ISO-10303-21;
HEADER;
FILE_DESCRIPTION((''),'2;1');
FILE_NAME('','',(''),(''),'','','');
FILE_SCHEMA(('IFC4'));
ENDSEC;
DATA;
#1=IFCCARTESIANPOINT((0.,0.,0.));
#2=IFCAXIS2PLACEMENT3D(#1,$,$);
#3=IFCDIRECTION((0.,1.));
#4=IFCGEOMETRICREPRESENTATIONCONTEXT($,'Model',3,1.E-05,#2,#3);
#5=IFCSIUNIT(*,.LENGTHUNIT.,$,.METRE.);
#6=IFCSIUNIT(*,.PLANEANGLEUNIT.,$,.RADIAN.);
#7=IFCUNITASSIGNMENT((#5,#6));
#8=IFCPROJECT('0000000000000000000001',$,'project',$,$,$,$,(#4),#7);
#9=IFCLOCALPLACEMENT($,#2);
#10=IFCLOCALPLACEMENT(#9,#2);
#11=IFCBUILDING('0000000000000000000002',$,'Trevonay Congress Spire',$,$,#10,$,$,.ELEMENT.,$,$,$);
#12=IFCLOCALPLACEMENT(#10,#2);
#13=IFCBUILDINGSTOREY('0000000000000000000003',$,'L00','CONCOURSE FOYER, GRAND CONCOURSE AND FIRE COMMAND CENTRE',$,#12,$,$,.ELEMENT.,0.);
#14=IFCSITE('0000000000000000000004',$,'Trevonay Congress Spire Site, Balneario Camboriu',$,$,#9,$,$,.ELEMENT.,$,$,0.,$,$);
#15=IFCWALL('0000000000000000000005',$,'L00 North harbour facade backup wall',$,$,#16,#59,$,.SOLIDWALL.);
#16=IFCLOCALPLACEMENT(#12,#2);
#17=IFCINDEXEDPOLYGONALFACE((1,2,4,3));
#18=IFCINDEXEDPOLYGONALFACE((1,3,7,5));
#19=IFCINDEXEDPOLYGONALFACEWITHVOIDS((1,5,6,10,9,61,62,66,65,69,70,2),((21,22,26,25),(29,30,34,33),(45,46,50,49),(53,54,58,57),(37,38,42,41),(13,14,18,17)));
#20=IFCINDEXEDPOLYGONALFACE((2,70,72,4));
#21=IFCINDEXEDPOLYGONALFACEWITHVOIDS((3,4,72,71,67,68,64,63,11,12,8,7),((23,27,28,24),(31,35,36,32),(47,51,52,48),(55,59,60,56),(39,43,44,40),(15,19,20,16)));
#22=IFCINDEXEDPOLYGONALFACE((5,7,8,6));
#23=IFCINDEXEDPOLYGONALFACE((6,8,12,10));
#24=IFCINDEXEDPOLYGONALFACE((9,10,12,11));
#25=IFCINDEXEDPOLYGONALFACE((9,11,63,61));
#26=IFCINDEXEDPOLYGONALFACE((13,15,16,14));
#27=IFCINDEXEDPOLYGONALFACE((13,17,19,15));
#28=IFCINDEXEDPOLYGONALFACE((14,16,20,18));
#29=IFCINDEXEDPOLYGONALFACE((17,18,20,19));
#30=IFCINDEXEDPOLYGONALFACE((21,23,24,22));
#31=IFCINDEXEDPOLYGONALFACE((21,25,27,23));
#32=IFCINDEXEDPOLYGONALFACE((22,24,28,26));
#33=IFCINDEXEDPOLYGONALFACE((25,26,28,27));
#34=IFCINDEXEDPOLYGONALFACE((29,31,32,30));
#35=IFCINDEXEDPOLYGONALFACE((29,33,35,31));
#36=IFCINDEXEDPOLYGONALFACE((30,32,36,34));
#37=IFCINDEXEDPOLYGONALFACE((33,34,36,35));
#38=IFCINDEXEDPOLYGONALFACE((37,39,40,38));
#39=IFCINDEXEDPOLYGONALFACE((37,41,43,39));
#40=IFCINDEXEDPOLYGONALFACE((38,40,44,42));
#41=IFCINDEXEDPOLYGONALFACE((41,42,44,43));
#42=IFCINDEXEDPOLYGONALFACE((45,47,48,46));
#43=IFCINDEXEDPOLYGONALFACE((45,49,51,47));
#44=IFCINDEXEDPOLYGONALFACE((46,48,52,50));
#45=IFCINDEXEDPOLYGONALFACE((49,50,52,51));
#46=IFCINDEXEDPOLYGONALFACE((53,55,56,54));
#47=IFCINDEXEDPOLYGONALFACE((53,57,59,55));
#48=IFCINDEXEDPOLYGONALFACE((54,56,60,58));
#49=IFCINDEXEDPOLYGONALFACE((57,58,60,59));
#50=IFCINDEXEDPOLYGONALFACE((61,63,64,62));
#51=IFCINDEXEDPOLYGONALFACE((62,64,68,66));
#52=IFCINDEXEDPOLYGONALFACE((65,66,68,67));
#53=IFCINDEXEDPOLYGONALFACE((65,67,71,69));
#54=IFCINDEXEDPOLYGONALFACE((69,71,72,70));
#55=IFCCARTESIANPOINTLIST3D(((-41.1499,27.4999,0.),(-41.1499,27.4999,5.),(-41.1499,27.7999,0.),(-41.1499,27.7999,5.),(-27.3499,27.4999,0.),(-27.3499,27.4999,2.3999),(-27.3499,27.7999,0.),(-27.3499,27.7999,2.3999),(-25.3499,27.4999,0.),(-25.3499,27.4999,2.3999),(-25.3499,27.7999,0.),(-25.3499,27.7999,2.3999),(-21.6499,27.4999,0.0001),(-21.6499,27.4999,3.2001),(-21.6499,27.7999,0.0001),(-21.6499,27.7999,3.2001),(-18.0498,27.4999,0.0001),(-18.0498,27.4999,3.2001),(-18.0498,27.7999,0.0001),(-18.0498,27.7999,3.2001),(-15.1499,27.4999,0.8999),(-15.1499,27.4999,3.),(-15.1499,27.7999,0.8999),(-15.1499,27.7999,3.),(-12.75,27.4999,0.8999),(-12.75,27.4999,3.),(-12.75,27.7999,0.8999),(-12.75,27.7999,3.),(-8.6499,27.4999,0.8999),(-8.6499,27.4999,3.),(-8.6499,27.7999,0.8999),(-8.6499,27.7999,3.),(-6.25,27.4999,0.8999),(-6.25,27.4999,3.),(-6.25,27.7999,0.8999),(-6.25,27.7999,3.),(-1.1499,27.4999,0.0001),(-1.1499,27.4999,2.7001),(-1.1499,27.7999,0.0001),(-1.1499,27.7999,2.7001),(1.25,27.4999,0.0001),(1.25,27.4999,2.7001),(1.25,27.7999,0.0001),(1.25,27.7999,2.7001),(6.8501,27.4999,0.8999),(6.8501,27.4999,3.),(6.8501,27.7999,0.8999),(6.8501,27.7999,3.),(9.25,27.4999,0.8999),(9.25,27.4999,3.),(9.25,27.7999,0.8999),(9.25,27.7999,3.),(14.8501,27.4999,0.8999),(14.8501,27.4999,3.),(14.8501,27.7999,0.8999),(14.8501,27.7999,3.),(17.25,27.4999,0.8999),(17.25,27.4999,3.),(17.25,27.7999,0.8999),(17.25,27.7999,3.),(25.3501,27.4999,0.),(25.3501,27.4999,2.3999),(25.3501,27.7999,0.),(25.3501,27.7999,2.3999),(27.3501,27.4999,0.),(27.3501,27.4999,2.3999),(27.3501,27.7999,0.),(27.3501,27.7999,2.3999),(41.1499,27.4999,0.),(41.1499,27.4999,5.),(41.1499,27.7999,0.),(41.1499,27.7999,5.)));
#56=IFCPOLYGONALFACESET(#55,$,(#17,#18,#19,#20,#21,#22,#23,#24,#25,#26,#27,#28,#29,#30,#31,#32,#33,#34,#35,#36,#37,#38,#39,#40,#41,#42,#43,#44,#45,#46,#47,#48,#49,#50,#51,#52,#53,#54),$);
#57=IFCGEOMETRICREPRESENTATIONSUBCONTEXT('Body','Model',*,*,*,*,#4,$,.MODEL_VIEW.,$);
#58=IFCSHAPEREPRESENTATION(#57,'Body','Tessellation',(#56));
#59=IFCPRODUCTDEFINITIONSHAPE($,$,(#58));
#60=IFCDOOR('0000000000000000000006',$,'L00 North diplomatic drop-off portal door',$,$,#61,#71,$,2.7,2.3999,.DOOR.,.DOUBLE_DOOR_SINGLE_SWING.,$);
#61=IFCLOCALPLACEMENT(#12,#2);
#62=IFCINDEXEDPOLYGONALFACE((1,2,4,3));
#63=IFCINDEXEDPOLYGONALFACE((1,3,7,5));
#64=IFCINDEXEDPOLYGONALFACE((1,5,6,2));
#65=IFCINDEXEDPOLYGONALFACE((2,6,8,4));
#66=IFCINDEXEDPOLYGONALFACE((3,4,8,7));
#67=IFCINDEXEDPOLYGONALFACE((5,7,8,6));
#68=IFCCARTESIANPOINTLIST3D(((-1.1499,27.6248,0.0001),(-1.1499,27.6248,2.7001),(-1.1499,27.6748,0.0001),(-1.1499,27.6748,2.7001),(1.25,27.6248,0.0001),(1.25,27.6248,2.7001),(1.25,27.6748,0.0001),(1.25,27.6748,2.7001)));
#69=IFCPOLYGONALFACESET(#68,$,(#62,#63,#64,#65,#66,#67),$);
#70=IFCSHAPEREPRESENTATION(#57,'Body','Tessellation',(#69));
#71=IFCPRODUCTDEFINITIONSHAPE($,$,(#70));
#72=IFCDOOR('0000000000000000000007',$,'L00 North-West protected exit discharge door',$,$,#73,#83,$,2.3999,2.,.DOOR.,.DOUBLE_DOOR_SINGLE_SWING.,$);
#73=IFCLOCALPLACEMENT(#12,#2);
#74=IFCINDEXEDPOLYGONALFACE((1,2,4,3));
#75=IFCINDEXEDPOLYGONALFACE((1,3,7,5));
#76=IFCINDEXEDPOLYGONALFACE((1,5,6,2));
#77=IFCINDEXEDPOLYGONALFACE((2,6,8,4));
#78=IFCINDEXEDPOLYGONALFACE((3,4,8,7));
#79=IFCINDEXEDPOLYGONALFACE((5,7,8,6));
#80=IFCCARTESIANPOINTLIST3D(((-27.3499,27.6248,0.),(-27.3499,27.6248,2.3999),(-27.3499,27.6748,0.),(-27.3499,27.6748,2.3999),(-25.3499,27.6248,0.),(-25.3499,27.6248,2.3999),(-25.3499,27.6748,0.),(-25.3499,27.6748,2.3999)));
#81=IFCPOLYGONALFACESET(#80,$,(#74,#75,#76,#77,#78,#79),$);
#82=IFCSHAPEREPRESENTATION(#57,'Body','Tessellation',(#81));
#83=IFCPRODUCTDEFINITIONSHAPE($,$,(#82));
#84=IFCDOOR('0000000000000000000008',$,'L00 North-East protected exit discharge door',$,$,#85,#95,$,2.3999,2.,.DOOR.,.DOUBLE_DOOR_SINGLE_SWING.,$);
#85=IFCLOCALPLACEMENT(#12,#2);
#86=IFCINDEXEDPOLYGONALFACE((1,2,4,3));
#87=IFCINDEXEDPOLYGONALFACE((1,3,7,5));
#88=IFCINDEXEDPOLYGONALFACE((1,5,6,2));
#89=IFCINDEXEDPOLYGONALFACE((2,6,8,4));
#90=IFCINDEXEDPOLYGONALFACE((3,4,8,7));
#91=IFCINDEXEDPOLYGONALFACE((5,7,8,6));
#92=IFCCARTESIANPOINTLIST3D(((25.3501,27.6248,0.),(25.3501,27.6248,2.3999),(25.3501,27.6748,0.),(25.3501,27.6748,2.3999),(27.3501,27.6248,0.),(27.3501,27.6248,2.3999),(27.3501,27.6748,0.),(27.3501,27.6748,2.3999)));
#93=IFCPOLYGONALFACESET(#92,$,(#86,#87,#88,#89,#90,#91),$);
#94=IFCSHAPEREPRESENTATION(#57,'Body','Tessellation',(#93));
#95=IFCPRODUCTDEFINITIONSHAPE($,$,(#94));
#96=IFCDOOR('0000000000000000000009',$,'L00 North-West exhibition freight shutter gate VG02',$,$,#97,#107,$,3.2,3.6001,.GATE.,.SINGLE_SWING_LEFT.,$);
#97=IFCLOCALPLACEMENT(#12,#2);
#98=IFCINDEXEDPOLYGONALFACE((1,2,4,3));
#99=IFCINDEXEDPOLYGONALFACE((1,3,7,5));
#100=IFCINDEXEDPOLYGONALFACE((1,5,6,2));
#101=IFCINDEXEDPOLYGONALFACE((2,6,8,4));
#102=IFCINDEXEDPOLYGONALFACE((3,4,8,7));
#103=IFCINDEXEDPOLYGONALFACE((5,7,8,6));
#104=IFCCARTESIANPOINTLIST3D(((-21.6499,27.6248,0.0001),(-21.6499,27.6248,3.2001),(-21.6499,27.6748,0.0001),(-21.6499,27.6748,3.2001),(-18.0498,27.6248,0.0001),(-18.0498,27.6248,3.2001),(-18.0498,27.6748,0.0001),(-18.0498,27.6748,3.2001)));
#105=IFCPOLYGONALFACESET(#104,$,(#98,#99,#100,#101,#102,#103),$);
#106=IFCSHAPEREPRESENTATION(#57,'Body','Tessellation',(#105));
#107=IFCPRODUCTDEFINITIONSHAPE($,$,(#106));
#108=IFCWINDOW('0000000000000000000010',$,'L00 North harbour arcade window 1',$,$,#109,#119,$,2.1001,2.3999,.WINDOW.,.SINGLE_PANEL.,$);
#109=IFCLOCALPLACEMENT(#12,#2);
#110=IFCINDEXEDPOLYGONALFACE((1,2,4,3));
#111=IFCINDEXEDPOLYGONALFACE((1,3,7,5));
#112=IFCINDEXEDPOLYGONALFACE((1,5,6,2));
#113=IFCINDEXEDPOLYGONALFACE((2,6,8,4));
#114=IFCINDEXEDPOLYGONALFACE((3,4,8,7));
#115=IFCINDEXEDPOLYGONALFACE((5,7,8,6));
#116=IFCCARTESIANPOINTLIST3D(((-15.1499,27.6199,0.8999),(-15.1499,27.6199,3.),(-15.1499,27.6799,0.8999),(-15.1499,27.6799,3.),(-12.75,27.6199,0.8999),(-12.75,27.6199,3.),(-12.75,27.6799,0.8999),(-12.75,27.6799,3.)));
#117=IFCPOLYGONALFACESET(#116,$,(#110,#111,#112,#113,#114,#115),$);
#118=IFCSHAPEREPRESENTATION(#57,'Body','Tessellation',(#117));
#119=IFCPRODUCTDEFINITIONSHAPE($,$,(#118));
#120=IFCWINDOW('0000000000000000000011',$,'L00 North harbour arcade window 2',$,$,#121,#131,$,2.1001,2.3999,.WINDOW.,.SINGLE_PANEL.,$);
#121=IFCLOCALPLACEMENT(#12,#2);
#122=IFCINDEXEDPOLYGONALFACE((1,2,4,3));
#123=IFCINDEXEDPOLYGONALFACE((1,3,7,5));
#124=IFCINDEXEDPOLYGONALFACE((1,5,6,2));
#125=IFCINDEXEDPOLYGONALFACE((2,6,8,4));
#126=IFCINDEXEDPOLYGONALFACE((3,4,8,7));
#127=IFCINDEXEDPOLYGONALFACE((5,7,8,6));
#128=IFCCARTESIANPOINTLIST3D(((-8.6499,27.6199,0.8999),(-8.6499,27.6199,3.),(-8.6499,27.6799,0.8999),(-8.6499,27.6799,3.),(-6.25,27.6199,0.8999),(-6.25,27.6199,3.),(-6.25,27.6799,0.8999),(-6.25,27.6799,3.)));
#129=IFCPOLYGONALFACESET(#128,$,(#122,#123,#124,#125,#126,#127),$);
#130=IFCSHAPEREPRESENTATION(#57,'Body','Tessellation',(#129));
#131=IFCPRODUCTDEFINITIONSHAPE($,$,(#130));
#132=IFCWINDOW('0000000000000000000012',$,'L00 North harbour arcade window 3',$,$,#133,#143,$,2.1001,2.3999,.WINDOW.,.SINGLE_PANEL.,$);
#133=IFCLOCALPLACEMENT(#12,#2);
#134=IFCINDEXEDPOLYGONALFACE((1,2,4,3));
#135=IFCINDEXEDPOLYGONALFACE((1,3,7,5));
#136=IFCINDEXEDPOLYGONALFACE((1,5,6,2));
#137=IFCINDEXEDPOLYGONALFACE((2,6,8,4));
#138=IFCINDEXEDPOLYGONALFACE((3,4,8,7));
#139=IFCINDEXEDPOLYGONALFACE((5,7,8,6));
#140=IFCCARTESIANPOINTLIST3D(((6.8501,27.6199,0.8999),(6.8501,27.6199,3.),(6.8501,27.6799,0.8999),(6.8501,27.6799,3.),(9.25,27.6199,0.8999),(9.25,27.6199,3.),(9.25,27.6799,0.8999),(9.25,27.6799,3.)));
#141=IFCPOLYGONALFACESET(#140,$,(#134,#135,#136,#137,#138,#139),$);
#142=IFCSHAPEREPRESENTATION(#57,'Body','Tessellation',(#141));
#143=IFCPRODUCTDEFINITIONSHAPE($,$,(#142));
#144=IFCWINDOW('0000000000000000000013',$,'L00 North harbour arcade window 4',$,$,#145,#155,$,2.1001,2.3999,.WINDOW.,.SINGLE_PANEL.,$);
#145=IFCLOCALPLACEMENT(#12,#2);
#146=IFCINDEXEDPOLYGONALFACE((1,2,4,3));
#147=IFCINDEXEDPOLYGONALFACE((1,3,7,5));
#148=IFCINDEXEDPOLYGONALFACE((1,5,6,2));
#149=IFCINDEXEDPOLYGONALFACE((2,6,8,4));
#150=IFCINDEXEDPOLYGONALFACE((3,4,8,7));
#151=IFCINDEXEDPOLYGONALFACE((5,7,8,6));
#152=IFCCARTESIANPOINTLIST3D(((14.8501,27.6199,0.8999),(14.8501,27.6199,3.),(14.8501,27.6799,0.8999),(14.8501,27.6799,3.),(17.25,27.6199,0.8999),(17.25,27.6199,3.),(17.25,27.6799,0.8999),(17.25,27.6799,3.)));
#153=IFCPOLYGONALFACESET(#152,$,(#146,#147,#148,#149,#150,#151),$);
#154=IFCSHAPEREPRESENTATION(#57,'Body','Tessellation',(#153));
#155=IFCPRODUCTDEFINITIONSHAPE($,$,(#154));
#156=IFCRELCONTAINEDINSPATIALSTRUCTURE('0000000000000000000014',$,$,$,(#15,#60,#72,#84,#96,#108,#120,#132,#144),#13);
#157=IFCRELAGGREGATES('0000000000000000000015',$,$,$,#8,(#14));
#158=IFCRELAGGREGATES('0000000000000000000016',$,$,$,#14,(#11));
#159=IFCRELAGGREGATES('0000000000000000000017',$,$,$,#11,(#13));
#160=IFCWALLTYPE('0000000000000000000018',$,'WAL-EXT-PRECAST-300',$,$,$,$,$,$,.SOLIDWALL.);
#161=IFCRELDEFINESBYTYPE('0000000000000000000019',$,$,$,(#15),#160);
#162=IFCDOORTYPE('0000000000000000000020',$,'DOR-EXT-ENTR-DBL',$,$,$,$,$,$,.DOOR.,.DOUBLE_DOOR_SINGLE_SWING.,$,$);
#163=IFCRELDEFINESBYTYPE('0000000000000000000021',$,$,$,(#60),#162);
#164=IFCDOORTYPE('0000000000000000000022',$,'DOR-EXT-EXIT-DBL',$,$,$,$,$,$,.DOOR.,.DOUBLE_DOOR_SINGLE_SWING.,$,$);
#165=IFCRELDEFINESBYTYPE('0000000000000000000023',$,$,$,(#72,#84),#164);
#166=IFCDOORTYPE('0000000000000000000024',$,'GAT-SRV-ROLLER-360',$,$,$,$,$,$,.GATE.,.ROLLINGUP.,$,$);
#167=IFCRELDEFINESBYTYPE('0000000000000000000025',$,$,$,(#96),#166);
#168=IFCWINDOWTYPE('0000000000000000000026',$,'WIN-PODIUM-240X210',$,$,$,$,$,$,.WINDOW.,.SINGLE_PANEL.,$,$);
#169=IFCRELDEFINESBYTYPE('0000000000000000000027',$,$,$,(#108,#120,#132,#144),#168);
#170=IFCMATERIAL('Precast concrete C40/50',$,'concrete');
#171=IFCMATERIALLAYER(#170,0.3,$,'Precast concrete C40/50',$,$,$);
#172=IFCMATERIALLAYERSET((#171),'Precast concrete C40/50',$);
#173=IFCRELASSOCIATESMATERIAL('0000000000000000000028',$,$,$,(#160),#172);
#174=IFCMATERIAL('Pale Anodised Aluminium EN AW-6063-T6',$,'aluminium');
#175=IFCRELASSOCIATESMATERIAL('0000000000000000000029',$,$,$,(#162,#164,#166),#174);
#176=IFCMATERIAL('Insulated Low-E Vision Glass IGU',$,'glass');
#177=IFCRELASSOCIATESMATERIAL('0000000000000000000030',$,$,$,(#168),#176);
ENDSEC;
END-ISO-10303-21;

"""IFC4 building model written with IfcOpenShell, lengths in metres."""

from ifc_helpers import new_model, si_unit, direction, frame, frame_2d, origin, place, context, subcontext, project, spatial, rectangle, extrude, material, layer, layer_set, type_object, element, fill, save


model = new_model("IFC4")

# Units and contexts
model_context = context("Model", 3, precision=1e-05, world=origin(), true_north=direction((0.0, 1.0)))
body_context = subcontext(model_context, "Body", "Model", "MODEL_VIEW")
ifc_project = project(units=[si_unit("LENGTHUNIT", "METRE"), si_unit("PLANEANGLEUNIT", "RADIAN")], contexts=[model_context])

# Site, building, storey
site_placement = place(None, origin())
site = spatial("IfcSite", under=ifc_project, at=site_placement, Name="Trevonay Congress Spire Site, Balneario Camboriu", CompositionType="ELEMENT", RefElevation=0.0)
building_placement = place(site_placement, origin())
building = spatial("IfcBuilding", under=site, at=building_placement, Name="Trevonay Congress Spire", CompositionType="ELEMENT")
storey_placement = place(building_placement, origin())
storey = spatial("IfcBuildingStorey", under=building, at=storey_placement, Name="L00", Description="CONCOURSE FOYER, GRAND CONCOURSE AND FIRE COMMAND CENTRE", CompositionType="ELEMENT", Elevation=0.0)

# Wall, openings, doors, windows
ifc_material_1 = material(Name="Precast concrete C40/50", Category="concrete")
ifc_layer_1 = layer(ifc_material_1, 0.3, Name="Precast concrete C40/50")
ifc_layer_set_1 = layer_set([ifc_layer_1], Name="Precast concrete C40/50")
wall_type_1 = type_object("IfcWallType", Name="WAL-EXT-PRECAST-300", PredefinedType="SOLIDWALL", material=ifc_layer_set_1)
wall_1_placement = place(storey_placement, frame((-41.1499, 27.6499, 0.0), z_axis=(0.0, 0.0, 1.0), x_axis=(1.0, 0.0, 0.0)))
wall_1 = element("IfcWall", 1, at=wall_1_placement, inside=storey, type_object=wall_type_1, Name="L00 North harbour facade backup wall", PredefinedType="SOLIDWALL", context=body_context, shape_type="SweptSolid", body=[
    extrude(rectangle(XDim=82.2998, YDim=0.3, at=frame_2d((41.1499, 0.0))), origin(), (0.0, 0.0, 1.0), 5.0),
])
opening_1_placement = place(wall_1_placement, frame((13.8, 0.0, 0.0)))
opening_1 = element("IfcOpeningElement", 2, at=opening_1_placement, cuts=wall_1, PredefinedType="OPENING", context=body_context, shape_type="SweptSolid", body=[
    extrude(rectangle(XDim=2.0, YDim=2.3999, at=frame_2d((1.0, 1.2))), frame((0.0, 0.1602, 0.0), z_axis=(0.0, -1.0, 0.0), x_axis=(1.0, 0.0, 0.0)), (0.0, 0.0, 1.0), 0.3201),
])
opening_2_placement = place(wall_1_placement, frame((19.5, 0.0, 0.0)))
opening_2 = element("IfcOpeningElement", 3, at=opening_2_placement, cuts=wall_1, PredefinedType="OPENING", context=body_context, shape_type="SweptSolid", body=[
    extrude(rectangle(XDim=3.6001, YDim=3.2, at=frame_2d((1.8, 1.6001))), frame((0.0, 0.1602, 0.0), z_axis=(0.0, -1.0, 0.0), x_axis=(1.0, 0.0, 0.0)), (0.0, 0.0, 1.0), 0.3201),
])
opening_3_placement = place(wall_1_placement, frame((40.0, 0.0, 0.0)))
opening_3 = element("IfcOpeningElement", 4, at=opening_3_placement, cuts=wall_1, PredefinedType="OPENING", context=body_context, shape_type="SweptSolid", body=[
    extrude(rectangle(XDim=2.3999, YDim=2.7, at=frame_2d((1.2, 1.3501))), frame((0.0, 0.1602, 0.0), z_axis=(0.0, -1.0, 0.0), x_axis=(1.0, 0.0, 0.0)), (0.0, 0.0, 1.0), 0.3201),
])
opening_4_placement = place(wall_1_placement, frame((66.5, 0.0, 0.0)))
opening_4 = element("IfcOpeningElement", 5, at=opening_4_placement, cuts=wall_1, PredefinedType="OPENING", context=body_context, shape_type="SweptSolid", body=[
    extrude(rectangle(XDim=2.0, YDim=2.3999, at=frame_2d((1.0, 1.2))), frame((0.0, 0.1602, 0.0), z_axis=(0.0, -1.0, 0.0), x_axis=(1.0, 0.0, 0.0)), (0.0, 0.0, 1.0), 0.3201),
])
opening_5_placement = place(wall_1_placement, frame((26.0, 0.0, 0.8999)))
opening_5 = element("IfcOpeningElement", 6, at=opening_5_placement, cuts=wall_1, PredefinedType="OPENING", context=body_context, shape_type="SweptSolid", body=[
    extrude(rectangle(XDim=2.3999, YDim=2.1001, at=frame_2d((1.2, 1.05))), frame((0.0, 0.1602, 0.0), z_axis=(0.0, -1.0, 0.0), x_axis=(1.0, 0.0, 0.0)), (0.0, 0.0, 1.0), 0.3201),
])
opening_6_placement = place(wall_1_placement, frame((32.5, 0.0, 0.8999)))
opening_6 = element("IfcOpeningElement", 7, at=opening_6_placement, cuts=wall_1, PredefinedType="OPENING", context=body_context, shape_type="SweptSolid", body=[
    extrude(rectangle(XDim=2.3999, YDim=2.1001, at=frame_2d((1.2, 1.05))), frame((0.0, 0.1602, 0.0), z_axis=(0.0, -1.0, 0.0), x_axis=(1.0, 0.0, 0.0)), (0.0, 0.0, 1.0), 0.3201),
])
opening_7_placement = place(wall_1_placement, frame((48.0, 0.0, 0.8999)))
opening_7 = element("IfcOpeningElement", 8, at=opening_7_placement, cuts=wall_1, PredefinedType="OPENING", context=body_context, shape_type="SweptSolid", body=[
    extrude(rectangle(XDim=2.3999, YDim=2.1001, at=frame_2d((1.2, 1.05))), frame((0.0, 0.1602, 0.0), z_axis=(0.0, -1.0, 0.0), x_axis=(1.0, 0.0, 0.0)), (0.0, 0.0, 1.0), 0.3201),
])
opening_8_placement = place(wall_1_placement, frame((56.0, 0.0, 0.8999)))
opening_8 = element("IfcOpeningElement", 9, at=opening_8_placement, cuts=wall_1, PredefinedType="OPENING", context=body_context, shape_type="SweptSolid", body=[
    extrude(rectangle(XDim=2.3999, YDim=2.1001, at=frame_2d((1.2, 1.05))), frame((0.0, 0.1602, 0.0), z_axis=(0.0, -1.0, 0.0), x_axis=(1.0, 0.0, 0.0)), (0.0, 0.0, 1.0), 0.3201),
])
ifc_material_2 = material(Name="Pale Anodised Aluminium EN AW-6063-T6", Category="aluminium")
door_type_1 = type_object("IfcDoorType", Name="DOR-EXT-ENTR-DBL", OperationType="DOUBLE_DOOR_SINGLE_SWING", PredefinedType="DOOR", material=ifc_material_2)
door_1_placement = place(opening_3_placement, origin())
door_1 = element("IfcDoor", 10, at=door_1_placement, inside=storey, type_object=door_type_1, Name="L00 North diplomatic drop-off portal door", OperationType="DOUBLE_DOOR_SINGLE_SWING", OverallHeight=2.7, OverallWidth=2.3999, PredefinedType="DOOR", context=body_context, shape_type="SweptSolid", body=[
    extrude(rectangle(XDim=2.3999, YDim=2.7, at=frame_2d((1.2, 1.3501))), frame((0.0, 0.0249, 0.0), z_axis=(0.0, -1.0, 0.0), x_axis=(1.0, 0.0, 0.0)), (0.0, 0.0, 1.0), 0.05),
])
fill(opening_3, door_1)
door_type_2 = type_object("IfcDoorType", Name="DOR-EXT-EXIT-DBL", OperationType="DOUBLE_DOOR_SINGLE_SWING", PredefinedType="DOOR", material=ifc_material_2)
door_2_placement = place(opening_1_placement, origin())
door_2 = element("IfcDoor", 11, at=door_2_placement, inside=storey, type_object=door_type_2, Name="L00 North-West protected exit discharge door", OperationType="DOUBLE_DOOR_SINGLE_SWING", OverallHeight=2.3999, OverallWidth=2.0, PredefinedType="DOOR", context=body_context, shape_type="SweptSolid", body=[
    extrude(rectangle(XDim=2.0, YDim=2.3999, at=frame_2d((1.0, 1.2))), frame((0.0, 0.0249, 0.0), z_axis=(0.0, -1.0, 0.0), x_axis=(1.0, 0.0, 0.0)), (0.0, 0.0, 1.0), 0.05),
])
fill(opening_1, door_2)
door_3_placement = place(opening_4_placement, origin())
door_3 = element("IfcDoor", 12, at=door_3_placement, inside=storey, type_object=door_type_2, Name="L00 North-East protected exit discharge door", OperationType="DOUBLE_DOOR_SINGLE_SWING", OverallHeight=2.3999, OverallWidth=2.0, PredefinedType="DOOR", context=body_context, shape_type="SweptSolid", body=[
    extrude(rectangle(XDim=2.0, YDim=2.3999, at=frame_2d((1.0, 1.2))), frame((0.0, 0.0249, 0.0), z_axis=(0.0, -1.0, 0.0), x_axis=(1.0, 0.0, 0.0)), (0.0, 0.0, 1.0), 0.05),
])
fill(opening_4, door_3)
door_type_3 = type_object("IfcDoorType", Name="GAT-SRV-ROLLER-360", OperationType="ROLLINGUP", PredefinedType="GATE", material=ifc_material_2)
door_4_placement = place(opening_2_placement, origin())
door_4 = element("IfcDoor", 13, at=door_4_placement, inside=storey, type_object=door_type_3, Name="L00 North-West exhibition freight shutter gate VG02", OperationType="SINGLE_SWING_LEFT", OverallHeight=3.2, OverallWidth=3.6001, PredefinedType="GATE", context=body_context, shape_type="SweptSolid", body=[
    extrude(rectangle(XDim=3.6001, YDim=3.2, at=frame_2d((1.8, 1.6001))), frame((0.0, 0.0249, 0.0), z_axis=(0.0, -1.0, 0.0), x_axis=(1.0, 0.0, 0.0)), (0.0, 0.0, 1.0), 0.05),
])
fill(opening_2, door_4)
ifc_material_3 = material(Name="Insulated Low-E Vision Glass IGU", Category="glass")
window_type = type_object("IfcWindowType", Name="WIN-PODIUM-240X210", PartitioningType="SINGLE_PANEL", PredefinedType="WINDOW", material=ifc_material_3)
window_1_placement = place(opening_5_placement, origin())
window_1 = element("IfcWindow", 14, at=window_1_placement, inside=storey, type_object=window_type, Name="L00 North harbour arcade window 1", OverallHeight=2.1001, OverallWidth=2.3999, PartitioningType="SINGLE_PANEL", PredefinedType="WINDOW", context=body_context, shape_type="SweptSolid", body=[
    extrude(rectangle(XDim=2.3999, YDim=2.1001, at=frame_2d((1.2, 1.05))), frame((0.0, 0.03, 0.0), z_axis=(0.0, -1.0, 0.0), x_axis=(1.0, 0.0, 0.0)), (0.0, 0.0, 1.0), 0.0601),
])
fill(opening_5, window_1)
window_2_placement = place(opening_6_placement, origin())
window_2 = element("IfcWindow", 15, at=window_2_placement, inside=storey, type_object=window_type, Name="L00 North harbour arcade window 2", OverallHeight=2.1001, OverallWidth=2.3999, PartitioningType="SINGLE_PANEL", PredefinedType="WINDOW", context=body_context, shape_type="SweptSolid", body=[
    extrude(rectangle(XDim=2.3999, YDim=2.1001, at=frame_2d((1.2, 1.05))), frame((0.0, 0.03, 0.0), z_axis=(0.0, -1.0, 0.0), x_axis=(1.0, 0.0, 0.0)), (0.0, 0.0, 1.0), 0.0601),
])
fill(opening_6, window_2)
window_3_placement = place(opening_7_placement, origin())
window_3 = element("IfcWindow", 16, at=window_3_placement, inside=storey, type_object=window_type, Name="L00 North harbour arcade window 3", OverallHeight=2.1001, OverallWidth=2.3999, PartitioningType="SINGLE_PANEL", PredefinedType="WINDOW", context=body_context, shape_type="SweptSolid", body=[
    extrude(rectangle(XDim=2.3999, YDim=2.1001, at=frame_2d((1.2, 1.05))), frame((0.0, 0.03, 0.0), z_axis=(0.0, -1.0, 0.0), x_axis=(1.0, 0.0, 0.0)), (0.0, 0.0, 1.0), 0.0601),
])
fill(opening_7, window_3)
window_4_placement = place(opening_8_placement, origin())
window_4 = element("IfcWindow", 17, at=window_4_placement, inside=storey, type_object=window_type, Name="L00 North harbour arcade window 4", OverallHeight=2.1001, OverallWidth=2.3999, PartitioningType="SINGLE_PANEL", PredefinedType="WINDOW", context=body_context, shape_type="SweptSolid", body=[
    extrude(rectangle(XDim=2.3999, YDim=2.1001, at=frame_2d((1.2, 1.05))), frame((0.0, 0.03, 0.0), z_axis=(0.0, -1.0, 0.0), x_axis=(1.0, 0.0, 0.0)), (0.0, 0.0, 1.0), 0.0601),
])
fill(opening_8, window_4)

save(model, "model.ifc")
